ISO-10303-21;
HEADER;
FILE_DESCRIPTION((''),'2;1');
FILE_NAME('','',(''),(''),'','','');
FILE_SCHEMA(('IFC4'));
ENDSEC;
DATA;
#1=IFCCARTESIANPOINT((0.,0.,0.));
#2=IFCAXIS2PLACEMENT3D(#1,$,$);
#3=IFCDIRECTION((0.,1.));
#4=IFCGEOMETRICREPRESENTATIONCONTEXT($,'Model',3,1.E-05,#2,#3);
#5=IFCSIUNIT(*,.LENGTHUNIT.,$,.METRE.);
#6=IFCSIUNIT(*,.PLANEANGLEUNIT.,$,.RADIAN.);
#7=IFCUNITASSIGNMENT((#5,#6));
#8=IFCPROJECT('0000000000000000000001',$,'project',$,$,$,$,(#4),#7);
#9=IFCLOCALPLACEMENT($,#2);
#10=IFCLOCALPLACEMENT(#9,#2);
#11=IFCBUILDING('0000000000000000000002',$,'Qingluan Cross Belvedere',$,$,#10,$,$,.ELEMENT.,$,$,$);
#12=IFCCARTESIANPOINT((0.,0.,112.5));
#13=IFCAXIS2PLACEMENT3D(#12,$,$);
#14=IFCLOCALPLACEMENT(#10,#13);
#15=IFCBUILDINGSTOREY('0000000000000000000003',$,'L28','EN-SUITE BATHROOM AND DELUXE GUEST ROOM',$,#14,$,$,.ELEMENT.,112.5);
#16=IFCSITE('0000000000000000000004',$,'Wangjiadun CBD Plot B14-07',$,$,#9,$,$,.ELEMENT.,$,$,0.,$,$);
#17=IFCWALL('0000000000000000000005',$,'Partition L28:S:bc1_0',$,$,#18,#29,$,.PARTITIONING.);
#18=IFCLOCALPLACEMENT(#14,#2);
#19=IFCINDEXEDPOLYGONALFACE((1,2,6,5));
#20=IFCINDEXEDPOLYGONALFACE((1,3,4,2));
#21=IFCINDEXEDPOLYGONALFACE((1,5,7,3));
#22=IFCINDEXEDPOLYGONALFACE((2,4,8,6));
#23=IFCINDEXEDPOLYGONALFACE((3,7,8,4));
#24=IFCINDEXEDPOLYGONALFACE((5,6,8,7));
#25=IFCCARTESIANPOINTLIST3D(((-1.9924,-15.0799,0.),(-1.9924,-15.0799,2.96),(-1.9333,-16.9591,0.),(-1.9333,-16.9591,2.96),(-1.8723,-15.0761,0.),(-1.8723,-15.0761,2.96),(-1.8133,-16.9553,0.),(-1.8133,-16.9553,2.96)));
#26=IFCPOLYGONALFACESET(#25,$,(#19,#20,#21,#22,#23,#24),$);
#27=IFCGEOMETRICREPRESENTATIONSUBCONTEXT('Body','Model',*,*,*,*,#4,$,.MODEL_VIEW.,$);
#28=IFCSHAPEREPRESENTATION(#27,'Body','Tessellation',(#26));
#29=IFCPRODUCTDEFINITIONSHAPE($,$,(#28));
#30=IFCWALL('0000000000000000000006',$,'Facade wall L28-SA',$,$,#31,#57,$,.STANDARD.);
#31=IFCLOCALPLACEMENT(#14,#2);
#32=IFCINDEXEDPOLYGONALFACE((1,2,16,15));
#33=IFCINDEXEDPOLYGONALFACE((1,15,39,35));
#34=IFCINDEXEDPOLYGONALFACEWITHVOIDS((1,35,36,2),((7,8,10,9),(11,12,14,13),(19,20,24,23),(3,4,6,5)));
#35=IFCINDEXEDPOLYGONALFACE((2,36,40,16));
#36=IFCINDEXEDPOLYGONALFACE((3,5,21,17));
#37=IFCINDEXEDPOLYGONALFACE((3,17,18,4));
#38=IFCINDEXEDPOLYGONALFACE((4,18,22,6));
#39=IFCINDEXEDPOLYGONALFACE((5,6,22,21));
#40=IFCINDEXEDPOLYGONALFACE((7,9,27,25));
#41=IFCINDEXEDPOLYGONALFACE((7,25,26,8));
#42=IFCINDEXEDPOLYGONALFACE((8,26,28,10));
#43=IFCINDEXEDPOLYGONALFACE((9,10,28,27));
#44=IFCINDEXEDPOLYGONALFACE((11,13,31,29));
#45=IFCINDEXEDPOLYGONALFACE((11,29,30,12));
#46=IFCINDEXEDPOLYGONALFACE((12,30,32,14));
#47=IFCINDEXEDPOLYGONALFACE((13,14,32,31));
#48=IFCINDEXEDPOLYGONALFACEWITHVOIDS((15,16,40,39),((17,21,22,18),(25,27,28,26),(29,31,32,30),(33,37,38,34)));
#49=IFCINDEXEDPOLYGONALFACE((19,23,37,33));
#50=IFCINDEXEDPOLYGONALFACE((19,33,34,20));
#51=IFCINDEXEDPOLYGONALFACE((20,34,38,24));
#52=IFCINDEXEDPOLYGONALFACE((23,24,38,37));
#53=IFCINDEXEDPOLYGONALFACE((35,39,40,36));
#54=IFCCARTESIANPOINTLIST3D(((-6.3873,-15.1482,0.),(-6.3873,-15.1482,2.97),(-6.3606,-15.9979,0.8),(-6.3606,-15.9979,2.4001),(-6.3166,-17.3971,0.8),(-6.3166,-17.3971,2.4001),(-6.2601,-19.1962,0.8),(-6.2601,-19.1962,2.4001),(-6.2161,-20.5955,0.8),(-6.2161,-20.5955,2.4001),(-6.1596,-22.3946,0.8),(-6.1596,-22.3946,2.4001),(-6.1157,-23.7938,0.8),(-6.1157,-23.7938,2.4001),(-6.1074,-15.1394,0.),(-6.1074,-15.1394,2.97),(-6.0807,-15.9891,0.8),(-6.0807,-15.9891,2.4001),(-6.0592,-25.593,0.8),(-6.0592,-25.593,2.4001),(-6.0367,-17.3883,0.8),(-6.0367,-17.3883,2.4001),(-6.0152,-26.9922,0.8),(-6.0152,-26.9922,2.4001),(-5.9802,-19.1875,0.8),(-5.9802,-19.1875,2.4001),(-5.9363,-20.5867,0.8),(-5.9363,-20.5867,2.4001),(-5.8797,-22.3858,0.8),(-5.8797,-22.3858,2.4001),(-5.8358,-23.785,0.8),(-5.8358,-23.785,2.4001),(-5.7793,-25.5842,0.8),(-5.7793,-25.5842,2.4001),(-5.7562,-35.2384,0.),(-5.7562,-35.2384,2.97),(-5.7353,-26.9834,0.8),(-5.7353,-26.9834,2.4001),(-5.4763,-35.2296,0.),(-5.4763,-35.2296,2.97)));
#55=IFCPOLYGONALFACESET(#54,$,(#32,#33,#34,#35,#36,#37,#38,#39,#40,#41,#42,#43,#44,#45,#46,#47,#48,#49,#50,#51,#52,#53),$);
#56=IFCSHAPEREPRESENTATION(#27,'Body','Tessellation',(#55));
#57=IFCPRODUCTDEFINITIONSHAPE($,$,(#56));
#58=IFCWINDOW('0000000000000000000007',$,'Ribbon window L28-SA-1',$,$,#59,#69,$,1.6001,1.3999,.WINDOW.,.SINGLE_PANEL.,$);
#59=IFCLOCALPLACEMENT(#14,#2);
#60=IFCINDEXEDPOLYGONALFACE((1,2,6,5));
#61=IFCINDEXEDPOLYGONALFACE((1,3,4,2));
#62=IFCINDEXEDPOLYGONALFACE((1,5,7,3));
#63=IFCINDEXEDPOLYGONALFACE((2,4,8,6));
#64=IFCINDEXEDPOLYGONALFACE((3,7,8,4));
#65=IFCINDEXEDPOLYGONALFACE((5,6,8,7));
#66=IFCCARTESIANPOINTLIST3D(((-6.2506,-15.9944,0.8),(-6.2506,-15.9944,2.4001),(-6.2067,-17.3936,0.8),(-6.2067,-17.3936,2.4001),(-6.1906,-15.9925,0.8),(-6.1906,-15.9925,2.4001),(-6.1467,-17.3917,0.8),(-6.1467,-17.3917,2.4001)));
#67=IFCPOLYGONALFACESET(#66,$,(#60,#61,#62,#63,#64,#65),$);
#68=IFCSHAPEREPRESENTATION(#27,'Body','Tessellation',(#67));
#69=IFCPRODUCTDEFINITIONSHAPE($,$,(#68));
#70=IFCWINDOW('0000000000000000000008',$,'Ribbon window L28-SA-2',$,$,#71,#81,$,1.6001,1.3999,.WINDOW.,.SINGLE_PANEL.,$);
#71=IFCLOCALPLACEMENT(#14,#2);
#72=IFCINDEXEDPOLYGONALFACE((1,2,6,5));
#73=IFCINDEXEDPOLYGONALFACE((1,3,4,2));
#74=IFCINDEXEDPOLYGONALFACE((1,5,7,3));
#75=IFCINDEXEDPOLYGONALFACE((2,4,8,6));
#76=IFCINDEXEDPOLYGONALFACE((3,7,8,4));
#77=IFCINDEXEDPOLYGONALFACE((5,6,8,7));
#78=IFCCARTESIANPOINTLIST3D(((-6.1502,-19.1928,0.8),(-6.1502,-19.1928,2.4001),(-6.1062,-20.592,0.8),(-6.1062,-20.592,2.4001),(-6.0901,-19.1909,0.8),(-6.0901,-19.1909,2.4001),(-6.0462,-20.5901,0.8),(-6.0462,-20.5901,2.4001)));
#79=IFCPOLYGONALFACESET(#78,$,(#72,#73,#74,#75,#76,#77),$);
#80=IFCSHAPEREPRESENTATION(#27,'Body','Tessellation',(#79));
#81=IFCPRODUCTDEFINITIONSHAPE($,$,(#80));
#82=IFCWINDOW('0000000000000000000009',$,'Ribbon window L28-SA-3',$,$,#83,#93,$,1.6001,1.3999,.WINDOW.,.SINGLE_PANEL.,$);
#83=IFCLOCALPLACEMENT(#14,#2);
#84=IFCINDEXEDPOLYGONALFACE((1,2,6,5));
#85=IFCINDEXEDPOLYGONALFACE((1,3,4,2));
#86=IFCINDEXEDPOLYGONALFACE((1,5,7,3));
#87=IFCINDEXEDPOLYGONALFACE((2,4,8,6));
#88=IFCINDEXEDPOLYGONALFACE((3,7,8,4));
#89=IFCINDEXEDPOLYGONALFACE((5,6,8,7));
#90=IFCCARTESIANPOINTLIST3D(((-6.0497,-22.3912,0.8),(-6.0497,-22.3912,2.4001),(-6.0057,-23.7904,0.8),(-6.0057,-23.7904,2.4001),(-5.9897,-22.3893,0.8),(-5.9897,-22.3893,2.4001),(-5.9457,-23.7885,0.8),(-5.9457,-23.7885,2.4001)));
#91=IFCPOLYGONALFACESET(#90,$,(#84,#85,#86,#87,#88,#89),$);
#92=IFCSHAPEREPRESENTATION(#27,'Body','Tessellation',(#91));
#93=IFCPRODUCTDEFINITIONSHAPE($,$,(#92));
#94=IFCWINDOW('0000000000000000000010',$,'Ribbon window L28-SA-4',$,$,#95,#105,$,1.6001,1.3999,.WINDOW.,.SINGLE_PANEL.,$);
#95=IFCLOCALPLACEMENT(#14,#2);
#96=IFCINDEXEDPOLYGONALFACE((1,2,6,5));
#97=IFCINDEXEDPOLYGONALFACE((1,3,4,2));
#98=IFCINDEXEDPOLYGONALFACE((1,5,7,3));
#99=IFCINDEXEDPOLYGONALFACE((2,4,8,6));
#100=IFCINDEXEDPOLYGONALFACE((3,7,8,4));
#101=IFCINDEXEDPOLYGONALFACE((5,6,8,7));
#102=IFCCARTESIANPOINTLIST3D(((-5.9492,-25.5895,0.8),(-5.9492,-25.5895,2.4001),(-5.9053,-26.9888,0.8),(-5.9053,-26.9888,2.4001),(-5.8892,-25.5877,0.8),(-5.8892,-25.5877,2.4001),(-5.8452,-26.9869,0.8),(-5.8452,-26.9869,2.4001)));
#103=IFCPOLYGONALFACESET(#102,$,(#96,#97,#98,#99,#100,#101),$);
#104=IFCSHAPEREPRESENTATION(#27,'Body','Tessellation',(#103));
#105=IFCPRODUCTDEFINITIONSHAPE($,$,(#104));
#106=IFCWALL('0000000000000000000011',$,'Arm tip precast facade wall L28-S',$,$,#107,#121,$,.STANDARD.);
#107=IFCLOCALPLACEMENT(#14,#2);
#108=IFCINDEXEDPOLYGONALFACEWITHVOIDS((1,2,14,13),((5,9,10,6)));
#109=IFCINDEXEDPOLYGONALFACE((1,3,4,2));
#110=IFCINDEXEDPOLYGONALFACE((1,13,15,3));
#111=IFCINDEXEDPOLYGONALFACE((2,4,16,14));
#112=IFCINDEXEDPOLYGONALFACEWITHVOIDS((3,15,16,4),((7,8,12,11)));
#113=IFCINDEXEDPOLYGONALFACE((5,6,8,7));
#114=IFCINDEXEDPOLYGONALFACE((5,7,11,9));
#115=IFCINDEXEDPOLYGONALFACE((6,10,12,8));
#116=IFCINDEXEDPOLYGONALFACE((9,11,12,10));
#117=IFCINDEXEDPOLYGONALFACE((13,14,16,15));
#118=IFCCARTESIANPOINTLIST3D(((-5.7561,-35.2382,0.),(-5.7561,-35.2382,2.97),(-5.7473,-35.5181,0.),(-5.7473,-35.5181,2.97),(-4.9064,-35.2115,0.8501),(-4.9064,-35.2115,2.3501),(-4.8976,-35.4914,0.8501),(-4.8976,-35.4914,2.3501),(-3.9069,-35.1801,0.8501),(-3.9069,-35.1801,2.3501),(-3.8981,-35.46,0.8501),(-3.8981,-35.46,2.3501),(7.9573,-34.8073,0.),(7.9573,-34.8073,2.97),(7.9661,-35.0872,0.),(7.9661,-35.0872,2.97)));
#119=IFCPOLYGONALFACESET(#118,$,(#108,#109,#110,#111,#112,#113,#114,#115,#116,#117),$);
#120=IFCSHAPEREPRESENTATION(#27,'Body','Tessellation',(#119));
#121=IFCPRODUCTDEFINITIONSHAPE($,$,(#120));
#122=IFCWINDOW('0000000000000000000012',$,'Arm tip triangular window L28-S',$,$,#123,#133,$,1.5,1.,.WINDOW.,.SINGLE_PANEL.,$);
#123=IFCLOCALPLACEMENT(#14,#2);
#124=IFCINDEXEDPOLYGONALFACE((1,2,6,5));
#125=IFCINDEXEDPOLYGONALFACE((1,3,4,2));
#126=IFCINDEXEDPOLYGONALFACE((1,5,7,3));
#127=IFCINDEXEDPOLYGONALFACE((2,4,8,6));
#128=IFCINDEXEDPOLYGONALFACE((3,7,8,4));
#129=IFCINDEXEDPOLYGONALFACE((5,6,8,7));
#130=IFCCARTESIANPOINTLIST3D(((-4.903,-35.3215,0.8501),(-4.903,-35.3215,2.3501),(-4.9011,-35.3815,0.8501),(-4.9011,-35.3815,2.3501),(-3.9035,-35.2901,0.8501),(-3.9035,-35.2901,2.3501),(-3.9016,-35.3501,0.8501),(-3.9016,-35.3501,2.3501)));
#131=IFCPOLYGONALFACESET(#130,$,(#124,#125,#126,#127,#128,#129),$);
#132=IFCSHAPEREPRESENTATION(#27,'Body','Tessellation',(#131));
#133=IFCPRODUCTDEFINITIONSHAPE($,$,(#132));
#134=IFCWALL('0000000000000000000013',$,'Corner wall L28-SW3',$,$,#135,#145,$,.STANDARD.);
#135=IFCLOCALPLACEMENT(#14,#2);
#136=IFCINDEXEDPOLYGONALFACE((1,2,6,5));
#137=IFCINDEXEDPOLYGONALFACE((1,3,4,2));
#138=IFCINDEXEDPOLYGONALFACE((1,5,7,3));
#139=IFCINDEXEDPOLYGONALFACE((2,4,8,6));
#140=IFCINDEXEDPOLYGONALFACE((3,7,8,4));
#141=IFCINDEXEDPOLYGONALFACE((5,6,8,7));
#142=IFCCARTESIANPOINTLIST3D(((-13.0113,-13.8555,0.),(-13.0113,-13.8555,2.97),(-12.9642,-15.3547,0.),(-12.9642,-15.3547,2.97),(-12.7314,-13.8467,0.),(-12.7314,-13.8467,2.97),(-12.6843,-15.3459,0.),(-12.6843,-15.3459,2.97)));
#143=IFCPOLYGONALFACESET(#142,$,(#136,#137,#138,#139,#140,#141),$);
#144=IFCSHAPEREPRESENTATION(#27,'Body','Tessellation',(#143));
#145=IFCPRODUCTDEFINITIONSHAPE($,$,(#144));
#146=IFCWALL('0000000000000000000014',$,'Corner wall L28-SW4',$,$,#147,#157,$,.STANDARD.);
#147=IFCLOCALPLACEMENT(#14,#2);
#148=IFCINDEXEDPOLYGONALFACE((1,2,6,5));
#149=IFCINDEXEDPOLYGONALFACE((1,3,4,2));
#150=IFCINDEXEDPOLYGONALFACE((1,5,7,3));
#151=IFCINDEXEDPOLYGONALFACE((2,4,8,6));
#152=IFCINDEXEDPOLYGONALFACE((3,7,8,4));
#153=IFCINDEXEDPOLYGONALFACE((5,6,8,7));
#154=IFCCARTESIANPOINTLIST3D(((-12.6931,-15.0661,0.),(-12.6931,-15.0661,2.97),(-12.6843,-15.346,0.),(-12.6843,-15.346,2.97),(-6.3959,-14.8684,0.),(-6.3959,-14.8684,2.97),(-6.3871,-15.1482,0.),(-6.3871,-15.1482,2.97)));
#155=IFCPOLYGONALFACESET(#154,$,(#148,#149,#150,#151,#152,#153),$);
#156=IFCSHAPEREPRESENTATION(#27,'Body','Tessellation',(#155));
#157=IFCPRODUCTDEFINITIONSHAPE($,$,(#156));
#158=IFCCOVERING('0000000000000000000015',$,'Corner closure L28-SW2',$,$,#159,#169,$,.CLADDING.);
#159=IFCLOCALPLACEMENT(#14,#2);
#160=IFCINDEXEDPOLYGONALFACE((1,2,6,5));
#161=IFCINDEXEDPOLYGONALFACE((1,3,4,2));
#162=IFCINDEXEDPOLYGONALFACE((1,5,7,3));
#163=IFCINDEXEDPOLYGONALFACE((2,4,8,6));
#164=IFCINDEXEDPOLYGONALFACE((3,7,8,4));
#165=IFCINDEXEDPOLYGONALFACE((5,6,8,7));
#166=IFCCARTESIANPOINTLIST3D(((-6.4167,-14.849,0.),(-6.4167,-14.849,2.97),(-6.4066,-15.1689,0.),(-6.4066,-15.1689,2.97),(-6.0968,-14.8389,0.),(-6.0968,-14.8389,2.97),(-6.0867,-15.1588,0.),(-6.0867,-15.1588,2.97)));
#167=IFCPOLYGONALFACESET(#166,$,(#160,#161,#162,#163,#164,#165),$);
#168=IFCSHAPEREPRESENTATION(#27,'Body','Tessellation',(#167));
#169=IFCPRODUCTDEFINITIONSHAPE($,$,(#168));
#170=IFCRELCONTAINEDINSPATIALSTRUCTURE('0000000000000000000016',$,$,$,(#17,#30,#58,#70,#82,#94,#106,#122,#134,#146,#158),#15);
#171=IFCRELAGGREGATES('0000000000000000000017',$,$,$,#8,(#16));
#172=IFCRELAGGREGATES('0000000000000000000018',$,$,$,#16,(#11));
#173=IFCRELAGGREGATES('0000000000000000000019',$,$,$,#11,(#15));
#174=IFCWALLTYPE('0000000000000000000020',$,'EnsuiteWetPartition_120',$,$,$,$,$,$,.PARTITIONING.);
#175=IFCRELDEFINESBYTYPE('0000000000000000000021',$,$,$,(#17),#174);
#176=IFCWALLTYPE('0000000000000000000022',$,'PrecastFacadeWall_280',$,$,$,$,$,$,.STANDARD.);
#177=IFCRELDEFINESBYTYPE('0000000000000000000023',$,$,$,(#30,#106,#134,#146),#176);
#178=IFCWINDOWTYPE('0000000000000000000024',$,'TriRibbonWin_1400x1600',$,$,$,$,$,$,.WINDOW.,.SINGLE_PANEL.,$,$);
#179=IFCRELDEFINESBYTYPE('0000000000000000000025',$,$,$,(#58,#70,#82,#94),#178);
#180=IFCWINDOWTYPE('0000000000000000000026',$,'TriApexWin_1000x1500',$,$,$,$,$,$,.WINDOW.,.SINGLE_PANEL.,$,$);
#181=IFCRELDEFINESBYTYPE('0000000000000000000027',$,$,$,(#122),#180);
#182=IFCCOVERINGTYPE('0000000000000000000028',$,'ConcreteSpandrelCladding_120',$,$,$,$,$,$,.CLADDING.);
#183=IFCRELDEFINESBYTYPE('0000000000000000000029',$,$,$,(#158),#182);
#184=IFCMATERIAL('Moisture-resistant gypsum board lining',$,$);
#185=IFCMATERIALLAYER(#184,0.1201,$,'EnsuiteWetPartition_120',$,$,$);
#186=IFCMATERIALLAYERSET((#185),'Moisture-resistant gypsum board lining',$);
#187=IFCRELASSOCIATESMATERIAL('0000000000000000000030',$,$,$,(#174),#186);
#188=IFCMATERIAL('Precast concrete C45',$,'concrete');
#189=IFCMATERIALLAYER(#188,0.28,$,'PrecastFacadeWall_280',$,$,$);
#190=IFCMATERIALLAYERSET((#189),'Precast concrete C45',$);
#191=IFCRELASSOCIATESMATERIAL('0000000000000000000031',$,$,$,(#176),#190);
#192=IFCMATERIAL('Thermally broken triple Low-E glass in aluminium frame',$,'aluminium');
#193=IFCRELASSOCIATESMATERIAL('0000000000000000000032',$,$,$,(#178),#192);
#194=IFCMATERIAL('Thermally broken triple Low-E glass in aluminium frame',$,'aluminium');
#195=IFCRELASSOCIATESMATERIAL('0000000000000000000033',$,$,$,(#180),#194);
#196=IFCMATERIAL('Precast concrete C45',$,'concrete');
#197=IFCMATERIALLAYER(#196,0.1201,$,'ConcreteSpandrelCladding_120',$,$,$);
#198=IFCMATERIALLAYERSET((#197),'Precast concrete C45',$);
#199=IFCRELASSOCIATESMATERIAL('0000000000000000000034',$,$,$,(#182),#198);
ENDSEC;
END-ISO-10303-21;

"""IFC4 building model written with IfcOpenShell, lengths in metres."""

from ifc_helpers import new_model, si_unit, direction, frame, frame_2d, origin, origin_2d, place, context, subcontext, project, spatial, rectangle, extrude, material, layer, layer_set, type_object, element, fill, save


model = new_model("IFC4")

# Units and contexts
model_context = context("Model", 3, precision=1e-05, world=origin(), true_north=direction((0.0, 1.0)))
body_context = subcontext(model_context, "Body", "Model", "MODEL_VIEW")
ifc_project = project(units=[si_unit("LENGTHUNIT", "METRE"), si_unit("PLANEANGLEUNIT", "RADIAN")], contexts=[model_context])

# Site, building, storey
site_placement = place(None, origin())
site = spatial("IfcSite", under=ifc_project, at=site_placement, Name="Wangjiadun CBD Plot B14-07", CompositionType="ELEMENT", RefElevation=0.0)
building_placement = place(site_placement, origin())
building = spatial("IfcBuilding", under=site, at=building_placement, Name="Qingluan Cross Belvedere", CompositionType="ELEMENT")
storey_placement = place(building_placement, frame((0.0, 0.0, 112.5)))
storey = spatial("IfcBuildingStorey", under=building, at=storey_placement, Name="L28", Description="EN-SUITE BATHROOM AND DELUXE GUEST ROOM", CompositionType="ELEMENT", Elevation=112.5)

# Wall
ifc_material_1 = material(Name="Moisture-resistant gypsum board lining")
ifc_layer_1 = layer(ifc_material_1, 0.1201, Name="EnsuiteWetPartition_120")
ifc_layer_set_1 = layer_set([ifc_layer_1], Name="Moisture-resistant gypsum board lining")
wall_type_1 = type_object("IfcWallType", Name="EnsuiteWetPartition_120", PredefinedType="PARTITIONING", material=ifc_layer_set_1)
wall_1_placement = place(storey_placement, frame((-1.9324, -15.0781, 0.0), z_axis=(0.0, 0.0, 1.0), x_axis=(0.031425, -0.999506, 0.0)))
element("IfcWall", 1, at=wall_1_placement, inside=storey, type_object=wall_type_1, Name="Partition L28:S:bc1_0", PredefinedType="PARTITIONING", context=body_context, shape_type="SweptSolid", body=[
    extrude(rectangle(XDim=1.8801, YDim=0.1201, at=frame_2d((0.9399, 0.0))), origin(), (0.0, 0.0, 1.0), 2.96),
])

# Wall, openings, windows
ifc_material_2 = material(Name="Precast concrete C45", Category="concrete")
ifc_layer_2 = layer(ifc_material_2, 0.28, Name="PrecastFacadeWall_280")
ifc_layer_set_2 = layer_set([ifc_layer_2], Name="Precast concrete C45")
wall_type_2 = type_object("IfcWallType", Name="PrecastFacadeWall_280", PredefinedType="STANDARD", material=ifc_layer_set_2)
wall_2_placement = place(storey_placement, frame((-6.2473, -15.1438, 0.0), z_axis=(0.0, 0.0, 1.0), x_axis=(0.031398, -0.999507, 0.0)))
wall_2 = element("IfcWall", 2, at=wall_2_placement, inside=storey, type_object=wall_type_2, Name="Facade wall L28-SA", PredefinedType="STANDARD", context=body_context, shape_type="SweptSolid", body=[
    extrude(rectangle(XDim=20.1001, YDim=0.28, at=frame_2d((10.05, 0.0))), origin(), (0.0, 0.0, 1.0), 2.97),
])
opening_1_placement = place(wall_2_placement, frame((0.8501, 0.0, 0.8)))
opening_1 = element("IfcOpeningElement", 3, at=opening_1_placement, cuts=wall_2, PredefinedType="OPENING", context=body_context, shape_type="SweptSolid", body=[
    extrude(rectangle(XDim=1.3999, YDim=1.6001, at=frame_2d((0.7, 0.8))), frame((0.0, 0.1499, 0.0), z_axis=(0.0, -1.0, 0.0), x_axis=(1.0, 0.0, 0.0)), (0.0, 0.0, 1.0), 0.3),
])
opening_2_placement = place(wall_2_placement, frame((4.05, 0.0, 0.8)))
opening_2 = element("IfcOpeningElement", 4, at=opening_2_placement, cuts=wall_2, PredefinedType="OPENING", context=body_context, shape_type="SweptSolid", body=[
    extrude(rectangle(XDim=1.3999, YDim=1.6001, at=frame_2d((0.7, 0.8))), frame((0.0, 0.1499, 0.0), z_axis=(0.0, -1.0, 0.0), x_axis=(1.0, 0.0, 0.0)), (0.0, 0.0, 1.0), 0.3),
])
opening_3_placement = place(wall_2_placement, frame((7.25, 0.0, 0.8)))
opening_3 = element("IfcOpeningElement", 5, at=opening_3_placement, cuts=wall_2, PredefinedType="OPENING", context=body_context, shape_type="SweptSolid", body=[
    extrude(rectangle(XDim=1.3999, YDim=1.6001, at=frame_2d((0.7, 0.8))), frame((0.0, 0.1499, 0.0), z_axis=(0.0, -1.0, 0.0), x_axis=(1.0, 0.0, 0.0)), (0.0, 0.0, 1.0), 0.3),
])
opening_4_placement = place(wall_2_placement, frame((10.45, 0.0, 0.8)))
opening_4 = element("IfcOpeningElement", 6, at=opening_4_placement, cuts=wall_2, PredefinedType="OPENING", context=body_context, shape_type="SweptSolid", body=[
    extrude(rectangle(XDim=1.3999, YDim=1.6001, at=frame_2d((0.7, 0.8))), frame((0.0, 0.1499, 0.0), z_axis=(0.0, -1.0, 0.0), x_axis=(1.0, 0.0, 0.0)), (0.0, 0.0, 1.0), 0.3),
])
ifc_material_3 = material(Name="Thermally broken triple Low-E glass in aluminium frame", Category="aluminium")
window_type_1 = type_object("IfcWindowType", Name="TriRibbonWin_1400x1600", PartitioningType="SINGLE_PANEL", PredefinedType="WINDOW", material=ifc_material_3)
window_1_placement = place(opening_1_placement, origin())
window_1 = element("IfcWindow", 7, at=window_1_placement, inside=storey, type_object=window_type_1, Name="Ribbon window L28-SA-1", OverallHeight=1.6001, OverallWidth=1.3999, PartitioningType="SINGLE_PANEL", PredefinedType="WINDOW", context=body_context, shape_type="SweptSolid", body=[
    extrude(rectangle(XDim=1.3999, YDim=1.6001, at=frame_2d((0.7, 0.8))), frame((0.0, 0.03, 0.0), z_axis=(0.0, -1.0, 0.0), x_axis=(1.0, 0.0, 0.0)), (0.0, 0.0, 1.0), 0.0601),
])
fill(opening_1, window_1)
window_2_placement = place(opening_2_placement, origin())
window_2 = element("IfcWindow", 8, at=window_2_placement, inside=storey, type_object=window_type_1, Name="Ribbon window L28-SA-2", OverallHeight=1.6001, OverallWidth=1.3999, PartitioningType="SINGLE_PANEL", PredefinedType="WINDOW", context=body_context, shape_type="SweptSolid", body=[
    extrude(rectangle(XDim=1.3999, YDim=1.6001, at=frame_2d((0.7, 0.8))), frame((0.0, 0.03, 0.0), z_axis=(0.0, -1.0, 0.0), x_axis=(1.0, 0.0, 0.0)), (0.0, 0.0, 1.0), 0.0601),
])
fill(opening_2, window_2)
window_3_placement = place(opening_3_placement, origin())
window_3 = element("IfcWindow", 9, at=window_3_placement, inside=storey, type_object=window_type_1, Name="Ribbon window L28-SA-3", OverallHeight=1.6001, OverallWidth=1.3999, PartitioningType="SINGLE_PANEL", PredefinedType="WINDOW", context=body_context, shape_type="SweptSolid", body=[
    extrude(rectangle(XDim=1.3999, YDim=1.6001, at=frame_2d((0.7, 0.8))), frame((0.0, 0.03, 0.0), z_axis=(0.0, -1.0, 0.0), x_axis=(1.0, 0.0, 0.0)), (0.0, 0.0, 1.0), 0.0601),
])
fill(opening_3, window_3)
window_4_placement = place(opening_4_placement, origin())
window_4 = element("IfcWindow", 10, at=window_4_placement, inside=storey, type_object=window_type_1, Name="Ribbon window L28-SA-4", OverallHeight=1.6001, OverallWidth=1.3999, PartitioningType="SINGLE_PANEL", PredefinedType="WINDOW", context=body_context, shape_type="SweptSolid", body=[
    extrude(rectangle(XDim=1.3999, YDim=1.6001, at=frame_2d((0.7, 0.8))), frame((0.0, 0.03, 0.0), z_axis=(0.0, -1.0, 0.0), x_axis=(1.0, 0.0, 0.0)), (0.0, 0.0, 1.0), 0.0601),
])
fill(opening_4, window_4)

# Wall, opening, window
wall_3_placement = place(storey_placement, frame((-5.7517, -35.3782, 0.0), z_axis=(0.0, 0.0, 1.0), x_axis=(0.999507, 0.031407, 0.0)))
wall_3 = element("IfcWall", 11, at=wall_3_placement, inside=storey, type_object=wall_type_2, Name="Arm tip precast facade wall L28-S", PredefinedType="STANDARD", context=body_context, shape_type="SweptSolid", body=[
    extrude(rectangle(XDim=13.7202, YDim=0.28, at=frame_2d((6.8601, 0.0))), origin(), (0.0, 0.0, 1.0), 2.97),
])
opening_5_placement = place(wall_3_placement, frame((0.8501, 0.0, 0.8501)))
opening_5 = element("IfcOpeningElement", 12, at=opening_5_placement, cuts=wall_3, PredefinedType="OPENING", context=body_context, shape_type="SweptSolid", body=[
    extrude(rectangle(XDim=1.0, YDim=1.5, at=frame_2d((0.5, 0.75))), frame((0.0, 0.1499, 0.0), z_axis=(0.0, -1.0, 0.0), x_axis=(1.0, 0.0, 0.0)), (0.0, 0.0, 1.0), 0.3),
])
ifc_material_4 = material(Name="Thermally broken triple Low-E glass in aluminium frame", Category="aluminium")
window_type_2 = type_object("IfcWindowType", Name="TriApexWin_1000x1500", PartitioningType="SINGLE_PANEL", PredefinedType="WINDOW", material=ifc_material_4)
window_5_placement = place(opening_5_placement, origin())
window_5 = element("IfcWindow", 13, at=window_5_placement, inside=storey, type_object=window_type_2, Name="Arm tip triangular window L28-S", OverallHeight=1.5, OverallWidth=1.0, PartitioningType="SINGLE_PANEL", PredefinedType="WINDOW", context=body_context, shape_type="SweptSolid", body=[
    extrude(rectangle(XDim=1.0, YDim=1.5, at=frame_2d((0.5, 0.75))), frame((0.0, 0.03, 0.0), z_axis=(0.0, -1.0, 0.0), x_axis=(1.0, 0.0, 0.0)), (0.0, 0.0, 1.0), 0.0601),
])
fill(opening_5, window_5)

# Walls
wall_4_placement = place(storey_placement, frame((-12.8713, -13.8511, 0.0), z_axis=(0.0, 0.0, 1.0), x_axis=(0.031413, -0.999507, 0.0)))
element("IfcWall", 14, at=wall_4_placement, inside=storey, type_object=wall_type_2, Name="Corner wall L28-SW3", PredefinedType="STANDARD", context=body_context, shape_type="SweptSolid", body=[
    extrude(rectangle(XDim=1.5, YDim=0.28, at=frame_2d((0.75, 0.0))), origin(), (0.0, 0.0, 1.0), 2.97),
])
wall_5_placement = place(storey_placement, frame((-12.6887, -15.2061, 0.0), z_axis=(0.0, 0.0, 1.0), x_axis=(0.999507, 0.031388, 0.0)))
element("IfcWall", 15, at=wall_5_placement, inside=storey, type_object=wall_type_2, Name="Corner wall L28-SW4", PredefinedType="STANDARD", context=body_context, shape_type="SweptSolid", body=[
    extrude(rectangle(XDim=6.3003, YDim=0.28, at=frame_2d((3.1501, 0.0))), origin(), (0.0, 0.0, 1.0), 2.97),
])

# Covering
ifc_material_5 = material(Name="Precast concrete C45", Category="concrete")
ifc_layer_3 = layer(ifc_material_5, 0.1201, Name="ConcreteSpandrelCladding_120")
ifc_layer_set_3 = layer_set([ifc_layer_3], Name="Precast concrete C45")
covering_type = type_object("IfcCoveringType", Name="ConcreteSpandrelCladding_120", PredefinedType="CLADDING", material=ifc_layer_set_3)
covering_placement = place(storey_placement, frame((-6.2517, -15.0039, 0.0), z_axis=(0.0, 0.0, 1.0), x_axis=(0.999507, 0.031411, 0.0)))
element("IfcCovering", 16, at=covering_placement, inside=storey, type_object=covering_type, Name="Corner closure L28-SW2", PredefinedType="CLADDING", context=body_context, shape_type="SweptSolid", body=[
    extrude(rectangle(XDim=0.3201, YDim=0.3201, at=origin_2d()), origin(), (0.0, 0.0, 1.0), 2.97),
])

save(model, "model.ifc")
